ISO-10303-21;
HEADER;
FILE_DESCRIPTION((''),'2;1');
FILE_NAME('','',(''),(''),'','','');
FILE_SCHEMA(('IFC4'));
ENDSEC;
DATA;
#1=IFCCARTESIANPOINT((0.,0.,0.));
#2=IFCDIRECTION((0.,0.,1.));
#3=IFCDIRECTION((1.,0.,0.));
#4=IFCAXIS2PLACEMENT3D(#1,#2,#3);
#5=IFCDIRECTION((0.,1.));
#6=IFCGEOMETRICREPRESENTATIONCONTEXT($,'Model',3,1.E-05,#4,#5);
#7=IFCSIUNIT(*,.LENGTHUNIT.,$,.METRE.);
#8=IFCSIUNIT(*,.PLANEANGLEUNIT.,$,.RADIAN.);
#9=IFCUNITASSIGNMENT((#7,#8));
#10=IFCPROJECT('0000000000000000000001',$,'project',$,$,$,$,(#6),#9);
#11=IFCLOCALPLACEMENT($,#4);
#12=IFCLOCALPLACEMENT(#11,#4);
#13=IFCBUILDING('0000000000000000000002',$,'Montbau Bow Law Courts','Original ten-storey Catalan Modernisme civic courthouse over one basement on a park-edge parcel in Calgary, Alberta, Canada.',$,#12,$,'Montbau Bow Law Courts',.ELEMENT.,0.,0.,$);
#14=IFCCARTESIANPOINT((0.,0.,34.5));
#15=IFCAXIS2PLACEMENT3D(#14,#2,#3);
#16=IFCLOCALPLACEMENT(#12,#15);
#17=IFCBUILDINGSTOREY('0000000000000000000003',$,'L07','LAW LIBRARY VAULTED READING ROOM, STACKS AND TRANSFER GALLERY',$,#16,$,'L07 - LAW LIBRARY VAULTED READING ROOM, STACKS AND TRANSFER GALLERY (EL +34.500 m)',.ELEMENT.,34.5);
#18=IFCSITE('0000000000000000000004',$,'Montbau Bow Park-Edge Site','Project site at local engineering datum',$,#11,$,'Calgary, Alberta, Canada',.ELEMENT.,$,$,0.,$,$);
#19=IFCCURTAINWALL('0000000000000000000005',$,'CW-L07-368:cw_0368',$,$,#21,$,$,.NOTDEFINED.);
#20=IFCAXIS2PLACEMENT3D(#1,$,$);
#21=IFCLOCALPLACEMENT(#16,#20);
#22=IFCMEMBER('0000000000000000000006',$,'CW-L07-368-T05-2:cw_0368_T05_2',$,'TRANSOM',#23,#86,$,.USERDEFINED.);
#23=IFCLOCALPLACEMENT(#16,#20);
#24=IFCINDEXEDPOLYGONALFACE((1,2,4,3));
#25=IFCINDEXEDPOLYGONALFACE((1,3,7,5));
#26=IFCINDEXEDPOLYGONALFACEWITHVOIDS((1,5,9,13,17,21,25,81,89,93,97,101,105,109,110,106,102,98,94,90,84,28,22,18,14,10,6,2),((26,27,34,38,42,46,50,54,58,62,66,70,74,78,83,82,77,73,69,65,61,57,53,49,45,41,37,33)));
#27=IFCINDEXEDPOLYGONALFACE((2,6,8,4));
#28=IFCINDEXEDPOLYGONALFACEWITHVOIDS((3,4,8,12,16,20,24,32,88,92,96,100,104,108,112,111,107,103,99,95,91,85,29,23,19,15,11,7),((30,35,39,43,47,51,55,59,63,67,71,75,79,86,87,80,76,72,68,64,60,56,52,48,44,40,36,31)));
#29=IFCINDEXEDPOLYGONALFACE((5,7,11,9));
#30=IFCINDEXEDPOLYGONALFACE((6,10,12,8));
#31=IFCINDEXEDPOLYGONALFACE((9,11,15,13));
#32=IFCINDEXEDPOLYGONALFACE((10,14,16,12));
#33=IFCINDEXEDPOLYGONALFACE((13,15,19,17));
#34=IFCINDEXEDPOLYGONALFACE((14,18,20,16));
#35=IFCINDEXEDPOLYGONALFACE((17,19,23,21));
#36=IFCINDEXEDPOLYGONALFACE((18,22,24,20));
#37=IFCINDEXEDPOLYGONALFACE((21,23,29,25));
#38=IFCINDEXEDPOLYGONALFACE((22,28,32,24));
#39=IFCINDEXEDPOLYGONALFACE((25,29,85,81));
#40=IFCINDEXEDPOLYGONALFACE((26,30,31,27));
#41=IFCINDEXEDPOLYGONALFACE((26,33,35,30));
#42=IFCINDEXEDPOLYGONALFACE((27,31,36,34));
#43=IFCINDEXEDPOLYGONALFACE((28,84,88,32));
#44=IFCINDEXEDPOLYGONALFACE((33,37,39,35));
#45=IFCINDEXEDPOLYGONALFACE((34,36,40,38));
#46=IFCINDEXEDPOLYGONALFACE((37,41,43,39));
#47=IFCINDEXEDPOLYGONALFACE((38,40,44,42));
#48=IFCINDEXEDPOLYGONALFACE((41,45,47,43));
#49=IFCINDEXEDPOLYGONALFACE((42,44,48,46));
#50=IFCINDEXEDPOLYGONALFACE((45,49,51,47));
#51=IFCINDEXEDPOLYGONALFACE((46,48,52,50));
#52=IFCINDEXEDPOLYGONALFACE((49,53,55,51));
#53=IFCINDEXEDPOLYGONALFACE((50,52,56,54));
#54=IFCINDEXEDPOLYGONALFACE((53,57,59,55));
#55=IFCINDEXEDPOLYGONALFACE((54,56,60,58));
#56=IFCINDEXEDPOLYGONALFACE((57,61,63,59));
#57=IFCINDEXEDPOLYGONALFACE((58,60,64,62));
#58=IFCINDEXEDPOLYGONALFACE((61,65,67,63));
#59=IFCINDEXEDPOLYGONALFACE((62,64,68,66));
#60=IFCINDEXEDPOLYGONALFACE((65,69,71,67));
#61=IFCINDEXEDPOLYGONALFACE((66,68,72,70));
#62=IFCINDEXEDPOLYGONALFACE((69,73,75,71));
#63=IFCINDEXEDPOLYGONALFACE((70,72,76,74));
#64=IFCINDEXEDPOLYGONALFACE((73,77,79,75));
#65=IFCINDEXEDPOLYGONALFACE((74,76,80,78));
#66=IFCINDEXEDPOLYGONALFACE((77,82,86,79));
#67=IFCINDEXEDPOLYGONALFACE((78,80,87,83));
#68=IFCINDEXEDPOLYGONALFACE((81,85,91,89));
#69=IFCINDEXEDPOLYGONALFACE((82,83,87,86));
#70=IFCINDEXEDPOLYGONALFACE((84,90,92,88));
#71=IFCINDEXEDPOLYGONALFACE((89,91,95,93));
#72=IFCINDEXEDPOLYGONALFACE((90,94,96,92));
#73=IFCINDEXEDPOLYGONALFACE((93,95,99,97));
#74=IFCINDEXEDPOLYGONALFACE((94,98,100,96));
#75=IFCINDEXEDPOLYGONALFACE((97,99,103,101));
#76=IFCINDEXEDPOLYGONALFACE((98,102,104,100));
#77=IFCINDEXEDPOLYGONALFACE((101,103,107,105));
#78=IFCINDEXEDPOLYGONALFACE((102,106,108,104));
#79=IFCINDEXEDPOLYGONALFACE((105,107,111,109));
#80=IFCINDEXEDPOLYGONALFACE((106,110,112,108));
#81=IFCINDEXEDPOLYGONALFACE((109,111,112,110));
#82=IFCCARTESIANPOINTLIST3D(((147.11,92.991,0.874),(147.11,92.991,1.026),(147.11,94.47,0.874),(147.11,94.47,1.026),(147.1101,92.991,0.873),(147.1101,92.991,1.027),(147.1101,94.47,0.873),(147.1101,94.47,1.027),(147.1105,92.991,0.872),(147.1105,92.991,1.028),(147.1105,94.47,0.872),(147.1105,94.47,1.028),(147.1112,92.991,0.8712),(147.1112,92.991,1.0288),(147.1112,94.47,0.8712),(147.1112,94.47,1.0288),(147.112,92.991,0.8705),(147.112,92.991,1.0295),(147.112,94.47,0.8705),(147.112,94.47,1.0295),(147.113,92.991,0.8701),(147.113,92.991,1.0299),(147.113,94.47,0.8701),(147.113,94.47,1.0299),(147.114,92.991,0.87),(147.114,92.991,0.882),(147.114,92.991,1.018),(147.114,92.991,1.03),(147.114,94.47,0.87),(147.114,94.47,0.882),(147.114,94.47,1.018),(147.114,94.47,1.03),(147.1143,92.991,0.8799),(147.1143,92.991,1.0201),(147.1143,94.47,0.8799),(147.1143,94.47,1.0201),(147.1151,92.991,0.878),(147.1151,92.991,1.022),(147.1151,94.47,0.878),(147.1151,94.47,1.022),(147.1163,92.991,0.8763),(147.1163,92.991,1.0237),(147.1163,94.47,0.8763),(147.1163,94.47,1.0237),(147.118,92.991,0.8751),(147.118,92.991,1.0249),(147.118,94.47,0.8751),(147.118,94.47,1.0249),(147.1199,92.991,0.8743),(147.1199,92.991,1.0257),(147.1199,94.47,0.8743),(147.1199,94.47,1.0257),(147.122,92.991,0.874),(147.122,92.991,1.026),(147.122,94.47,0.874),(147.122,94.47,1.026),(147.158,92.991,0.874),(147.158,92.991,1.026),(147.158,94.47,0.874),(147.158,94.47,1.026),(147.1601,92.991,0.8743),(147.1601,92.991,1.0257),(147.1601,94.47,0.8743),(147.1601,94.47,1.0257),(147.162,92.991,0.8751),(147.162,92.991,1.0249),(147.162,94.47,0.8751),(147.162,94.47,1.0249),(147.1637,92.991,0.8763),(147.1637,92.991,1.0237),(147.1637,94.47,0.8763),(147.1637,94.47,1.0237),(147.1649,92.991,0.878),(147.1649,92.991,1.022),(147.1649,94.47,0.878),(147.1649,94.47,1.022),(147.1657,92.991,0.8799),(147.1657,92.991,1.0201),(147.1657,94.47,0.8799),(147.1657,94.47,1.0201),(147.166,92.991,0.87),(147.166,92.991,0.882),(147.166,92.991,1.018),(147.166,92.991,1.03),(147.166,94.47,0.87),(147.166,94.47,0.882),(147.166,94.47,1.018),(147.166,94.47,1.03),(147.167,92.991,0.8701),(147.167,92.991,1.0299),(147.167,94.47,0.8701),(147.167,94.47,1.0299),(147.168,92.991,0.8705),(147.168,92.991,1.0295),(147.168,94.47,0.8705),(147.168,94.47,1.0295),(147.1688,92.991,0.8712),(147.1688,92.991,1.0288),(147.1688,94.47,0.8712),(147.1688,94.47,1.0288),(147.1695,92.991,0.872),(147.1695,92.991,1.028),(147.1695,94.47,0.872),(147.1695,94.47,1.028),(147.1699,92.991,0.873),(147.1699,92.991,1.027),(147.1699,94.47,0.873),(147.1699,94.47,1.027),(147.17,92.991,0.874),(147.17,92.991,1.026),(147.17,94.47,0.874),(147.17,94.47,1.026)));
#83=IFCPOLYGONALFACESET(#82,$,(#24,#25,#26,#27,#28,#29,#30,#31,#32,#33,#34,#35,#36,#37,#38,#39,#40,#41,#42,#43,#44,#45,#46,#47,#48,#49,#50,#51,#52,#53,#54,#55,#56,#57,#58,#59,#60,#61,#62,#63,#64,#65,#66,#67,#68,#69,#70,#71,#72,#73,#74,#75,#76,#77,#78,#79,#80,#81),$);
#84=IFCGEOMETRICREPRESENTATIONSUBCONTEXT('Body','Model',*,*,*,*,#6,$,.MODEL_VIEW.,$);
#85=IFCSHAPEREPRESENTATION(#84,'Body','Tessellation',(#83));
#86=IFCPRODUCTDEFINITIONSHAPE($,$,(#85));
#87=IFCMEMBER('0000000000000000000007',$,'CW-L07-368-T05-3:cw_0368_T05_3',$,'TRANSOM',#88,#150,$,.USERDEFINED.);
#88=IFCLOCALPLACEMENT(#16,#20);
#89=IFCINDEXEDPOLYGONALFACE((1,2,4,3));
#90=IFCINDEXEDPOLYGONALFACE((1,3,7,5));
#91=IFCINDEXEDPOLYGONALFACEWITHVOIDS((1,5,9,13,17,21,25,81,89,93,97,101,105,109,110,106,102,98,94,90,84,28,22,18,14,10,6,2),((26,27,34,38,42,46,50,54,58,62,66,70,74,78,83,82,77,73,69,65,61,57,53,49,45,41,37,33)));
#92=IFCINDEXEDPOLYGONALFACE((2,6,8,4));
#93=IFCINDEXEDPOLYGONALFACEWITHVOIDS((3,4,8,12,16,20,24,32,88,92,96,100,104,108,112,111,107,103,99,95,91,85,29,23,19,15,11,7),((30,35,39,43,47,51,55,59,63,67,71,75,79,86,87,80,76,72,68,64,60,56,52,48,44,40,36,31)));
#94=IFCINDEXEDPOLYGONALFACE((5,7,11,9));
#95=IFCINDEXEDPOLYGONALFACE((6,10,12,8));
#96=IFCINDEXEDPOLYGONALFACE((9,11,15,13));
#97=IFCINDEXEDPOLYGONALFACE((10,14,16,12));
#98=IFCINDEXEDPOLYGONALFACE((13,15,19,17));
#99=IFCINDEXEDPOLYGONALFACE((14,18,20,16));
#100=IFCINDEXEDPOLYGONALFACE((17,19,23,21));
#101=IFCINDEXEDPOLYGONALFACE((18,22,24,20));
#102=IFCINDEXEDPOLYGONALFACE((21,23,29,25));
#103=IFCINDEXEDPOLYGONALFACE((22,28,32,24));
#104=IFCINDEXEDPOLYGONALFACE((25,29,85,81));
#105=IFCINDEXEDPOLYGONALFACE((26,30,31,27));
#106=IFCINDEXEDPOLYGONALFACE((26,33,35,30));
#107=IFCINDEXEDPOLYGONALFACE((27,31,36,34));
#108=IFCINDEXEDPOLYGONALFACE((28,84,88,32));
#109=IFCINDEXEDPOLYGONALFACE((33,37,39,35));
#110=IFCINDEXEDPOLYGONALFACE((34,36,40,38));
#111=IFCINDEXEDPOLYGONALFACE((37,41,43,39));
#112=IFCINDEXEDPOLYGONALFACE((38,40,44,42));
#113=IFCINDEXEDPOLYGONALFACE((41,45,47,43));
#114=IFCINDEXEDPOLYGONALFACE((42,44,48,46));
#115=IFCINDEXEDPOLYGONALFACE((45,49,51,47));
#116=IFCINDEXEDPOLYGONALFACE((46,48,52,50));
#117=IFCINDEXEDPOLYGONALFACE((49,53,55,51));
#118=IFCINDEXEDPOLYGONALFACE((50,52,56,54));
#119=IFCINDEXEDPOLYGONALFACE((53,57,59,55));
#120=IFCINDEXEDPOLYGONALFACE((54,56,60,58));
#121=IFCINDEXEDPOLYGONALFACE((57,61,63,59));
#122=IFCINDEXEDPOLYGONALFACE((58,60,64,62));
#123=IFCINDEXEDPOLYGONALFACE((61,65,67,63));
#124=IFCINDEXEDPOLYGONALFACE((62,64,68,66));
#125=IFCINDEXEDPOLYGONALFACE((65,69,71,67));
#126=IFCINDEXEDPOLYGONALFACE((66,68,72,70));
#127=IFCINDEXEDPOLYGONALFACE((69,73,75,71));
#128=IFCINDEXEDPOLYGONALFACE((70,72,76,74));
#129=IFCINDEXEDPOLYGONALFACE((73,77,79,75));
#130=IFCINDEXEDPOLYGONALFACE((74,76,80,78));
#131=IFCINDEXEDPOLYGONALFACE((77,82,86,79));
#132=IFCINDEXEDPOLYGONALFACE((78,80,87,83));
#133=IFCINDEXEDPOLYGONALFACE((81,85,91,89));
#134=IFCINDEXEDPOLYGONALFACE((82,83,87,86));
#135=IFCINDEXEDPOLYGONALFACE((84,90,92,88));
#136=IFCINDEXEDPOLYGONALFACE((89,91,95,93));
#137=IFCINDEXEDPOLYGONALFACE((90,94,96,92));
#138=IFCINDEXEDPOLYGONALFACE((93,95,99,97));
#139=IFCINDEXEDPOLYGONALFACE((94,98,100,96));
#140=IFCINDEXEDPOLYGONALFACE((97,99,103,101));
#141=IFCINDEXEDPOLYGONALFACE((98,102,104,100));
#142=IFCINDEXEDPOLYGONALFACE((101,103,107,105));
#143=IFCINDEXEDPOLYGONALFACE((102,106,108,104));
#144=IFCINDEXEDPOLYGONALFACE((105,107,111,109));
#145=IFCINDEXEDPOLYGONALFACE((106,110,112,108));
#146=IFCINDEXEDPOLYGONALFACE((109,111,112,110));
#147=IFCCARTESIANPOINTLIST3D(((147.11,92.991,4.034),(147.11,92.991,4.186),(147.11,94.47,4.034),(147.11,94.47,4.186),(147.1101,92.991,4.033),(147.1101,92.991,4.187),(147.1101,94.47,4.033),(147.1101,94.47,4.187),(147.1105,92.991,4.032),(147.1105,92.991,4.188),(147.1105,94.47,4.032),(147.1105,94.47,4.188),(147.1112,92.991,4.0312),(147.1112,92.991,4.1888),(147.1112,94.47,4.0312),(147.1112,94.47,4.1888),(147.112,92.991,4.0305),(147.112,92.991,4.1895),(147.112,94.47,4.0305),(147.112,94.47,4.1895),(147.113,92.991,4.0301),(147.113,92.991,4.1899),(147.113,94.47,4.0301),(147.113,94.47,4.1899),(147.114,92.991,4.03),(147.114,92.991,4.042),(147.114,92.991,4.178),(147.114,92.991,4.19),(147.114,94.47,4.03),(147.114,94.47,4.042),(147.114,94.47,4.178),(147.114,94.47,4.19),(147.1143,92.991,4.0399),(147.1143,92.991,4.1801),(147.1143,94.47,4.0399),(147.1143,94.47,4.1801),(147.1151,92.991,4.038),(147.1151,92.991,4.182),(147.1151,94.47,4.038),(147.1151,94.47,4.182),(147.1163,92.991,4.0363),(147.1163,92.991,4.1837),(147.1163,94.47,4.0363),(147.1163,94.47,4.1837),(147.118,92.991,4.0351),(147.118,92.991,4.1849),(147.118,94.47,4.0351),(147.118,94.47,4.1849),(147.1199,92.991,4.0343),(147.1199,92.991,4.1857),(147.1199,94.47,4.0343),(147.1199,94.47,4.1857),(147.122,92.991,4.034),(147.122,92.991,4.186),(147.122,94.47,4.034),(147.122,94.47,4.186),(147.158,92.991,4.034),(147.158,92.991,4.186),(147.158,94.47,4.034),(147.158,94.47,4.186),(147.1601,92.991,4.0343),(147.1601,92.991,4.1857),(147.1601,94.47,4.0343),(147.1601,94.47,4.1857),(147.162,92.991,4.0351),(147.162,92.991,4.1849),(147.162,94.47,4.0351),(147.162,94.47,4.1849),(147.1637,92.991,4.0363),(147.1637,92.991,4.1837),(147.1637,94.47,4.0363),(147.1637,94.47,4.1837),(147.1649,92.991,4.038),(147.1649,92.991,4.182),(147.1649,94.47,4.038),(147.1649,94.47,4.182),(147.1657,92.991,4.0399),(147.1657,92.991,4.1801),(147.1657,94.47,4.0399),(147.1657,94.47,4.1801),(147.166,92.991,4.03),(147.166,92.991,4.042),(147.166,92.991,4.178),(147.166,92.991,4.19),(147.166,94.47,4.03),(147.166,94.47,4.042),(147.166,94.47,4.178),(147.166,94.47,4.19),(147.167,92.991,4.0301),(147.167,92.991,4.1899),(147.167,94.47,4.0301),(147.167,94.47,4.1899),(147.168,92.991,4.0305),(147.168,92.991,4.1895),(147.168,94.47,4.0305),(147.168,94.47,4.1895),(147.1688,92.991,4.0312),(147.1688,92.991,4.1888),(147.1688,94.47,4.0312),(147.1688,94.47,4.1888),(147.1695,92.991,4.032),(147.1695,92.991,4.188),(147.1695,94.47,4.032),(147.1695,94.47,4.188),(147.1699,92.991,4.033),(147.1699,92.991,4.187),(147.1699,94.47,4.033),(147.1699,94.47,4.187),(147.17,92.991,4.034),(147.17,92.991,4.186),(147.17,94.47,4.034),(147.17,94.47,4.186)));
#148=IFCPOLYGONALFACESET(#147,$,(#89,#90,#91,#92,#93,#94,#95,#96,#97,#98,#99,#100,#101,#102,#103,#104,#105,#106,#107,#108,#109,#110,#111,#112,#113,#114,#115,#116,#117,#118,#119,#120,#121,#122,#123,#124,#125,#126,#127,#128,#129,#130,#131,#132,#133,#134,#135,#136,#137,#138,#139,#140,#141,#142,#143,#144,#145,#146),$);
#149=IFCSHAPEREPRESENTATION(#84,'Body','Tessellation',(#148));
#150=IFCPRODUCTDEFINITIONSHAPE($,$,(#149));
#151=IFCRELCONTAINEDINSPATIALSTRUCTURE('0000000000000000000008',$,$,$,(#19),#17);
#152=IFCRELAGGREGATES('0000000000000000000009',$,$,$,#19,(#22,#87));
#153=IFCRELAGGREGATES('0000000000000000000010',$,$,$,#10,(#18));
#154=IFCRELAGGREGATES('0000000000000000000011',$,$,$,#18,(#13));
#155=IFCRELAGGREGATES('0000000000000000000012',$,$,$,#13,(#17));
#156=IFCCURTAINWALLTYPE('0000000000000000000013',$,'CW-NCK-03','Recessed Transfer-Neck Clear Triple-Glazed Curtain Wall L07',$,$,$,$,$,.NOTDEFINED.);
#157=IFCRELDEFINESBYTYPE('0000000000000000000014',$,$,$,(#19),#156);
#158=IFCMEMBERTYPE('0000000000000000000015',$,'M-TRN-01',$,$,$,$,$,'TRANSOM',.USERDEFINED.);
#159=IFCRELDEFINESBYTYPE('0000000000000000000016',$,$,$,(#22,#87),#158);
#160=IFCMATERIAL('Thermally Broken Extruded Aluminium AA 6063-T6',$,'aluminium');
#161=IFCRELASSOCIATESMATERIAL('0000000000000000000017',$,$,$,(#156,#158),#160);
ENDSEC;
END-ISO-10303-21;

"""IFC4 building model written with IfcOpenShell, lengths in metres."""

from ifc_helpers import new_model, si_unit, direction, frame, origin_with_axes, origin_2d_with_axis, place, context, subcontext, project, spatial, hollow_rectangle, extrude, material, material_profile, profile_set, type_object, element, aggregate, save


model = new_model("IFC4")

# Units and contexts
model_context = context("Model", 3, precision=1e-05, world=origin_with_axes(), true_north=direction((0.0, 1.0)))
body_context = subcontext(model_context, "Body", "Model", "MODEL_VIEW")
ifc_project = project(units=[si_unit("LENGTHUNIT", "METRE"), si_unit("PLANEANGLEUNIT", "RADIAN")], contexts=[model_context])

# Site, building, storey
site_placement = place(None, origin_with_axes())
site = spatial("IfcSite", under=ifc_project, at=site_placement, Name="Montbau Bow Park-Edge Site", Description="Project site at local engineering datum", LongName="Calgary, Alberta, Canada", CompositionType="ELEMENT", RefElevation=0.0)
building_placement = place(site_placement, origin_with_axes())
building = spatial("IfcBuilding", under=site, at=building_placement, Name="Montbau Bow Law Courts", Description="Original ten-storey Catalan Modernisme civic courthouse over one basement on a park-edge parcel in Calgary, Alberta, Canada.", LongName="Montbau Bow Law Courts", CompositionType="ELEMENT", ElevationOfRefHeight=0.0, ElevationOfTerrain=0.0)
storey_placement = place(building_placement, frame((0.0, 0.0, 34.5), z_axis=(0.0, 0.0, 1.0), x_axis=(1.0, 0.0, 0.0)))
storey = spatial("IfcBuildingStorey", under=building, at=storey_placement, Name="L07", Description="LAW LIBRARY VAULTED READING ROOM, STACKS AND TRANSFER GALLERY", LongName="L07 - LAW LIBRARY VAULTED READING ROOM, STACKS AND TRANSFER GALLERY (EL +34.500 m)", CompositionType="ELEMENT", Elevation=34.5)

# Shared definitions
ifc_material_1 = material(Name="Thermally Broken Extruded Aluminium AA 6063-T6", Category="aluminium")
curtain_wall_type = type_object("IfcCurtainWallType", Name="CW-NCK-03", Description="Recessed Transfer-Neck Clear Triple-Glazed Curtain Wall L07", PredefinedType="NOTDEFINED", material=ifc_material_1)

# Curtain wall
curtain_wall_1_placement = place(None, frame((147.14, 86.668, 34.5), z_axis=(0.0, 0.0, 1.0), x_axis=(1.0, 0.0, 0.0)))
curtain_wall_1 = element("IfcCurtainWall", 1, at=curtain_wall_1_placement, inside=storey, type_object=curtain_wall_type, Name="CW-L07-368:cw_0368", PredefinedType="NOTDEFINED")

# Members
ifc_material_profile_1 = material_profile(ifc_material_1, hollow_rectangle(XDim=0.06, YDim=0.16, WallThickness=0.004, InnerFilletRadius=0.008, OuterFilletRadius=0.004, at=origin_2d_with_axis()), Name="CWT-160X60", Category="Main", Priority=0)
ifc_profile_set_1 = profile_set([ifc_material_profile_1], Name="Thermally Broken Extruded Aluminium AA 6063-T6")
member_type_1 = type_object("IfcMemberType", Name="M-TRN-01", ElementType="TRANSOM", PredefinedType="USERDEFINED", material=ifc_profile_set_1)
member_1_placement = place(None, frame((147.14, 92.991, 35.45), z_axis=(0.0, 1.0, 0.0), x_axis=(-1.0, 0.0, 0.0)))
member_1 = element("IfcMember", 2, at=member_1_placement, type_object=member_type_1, Name="CW-L07-368-T05-2:cw_0368_T05_2", ObjectType="TRANSOM", PredefinedType="USERDEFINED", context=body_context, shape_type="SweptSolid", body=[
    extrude(hollow_rectangle(XDim=0.06, YDim=0.16, WallThickness=0.004, InnerFilletRadius=0.008, OuterFilletRadius=0.004, at=origin_2d_with_axis()), origin_with_axes(), (0.0, 0.0, 1.0), 1.479),
])
member_2_placement = place(None, frame((147.14, 92.991, 38.61), z_axis=(0.0, 1.0, 0.0), x_axis=(-1.0, 0.0, 0.0)))
member_2 = element("IfcMember", 3, at=member_2_placement, type_object=member_type_1, Name="CW-L07-368-T05-3:cw_0368_T05_3", ObjectType="TRANSOM", PredefinedType="USERDEFINED", context=body_context, shape_type="SweptSolid", body=[
    extrude(hollow_rectangle(XDim=0.06, YDim=0.16, WallThickness=0.004, InnerFilletRadius=0.008, OuterFilletRadius=0.004, at=origin_2d_with_axis()), origin_with_axes(), (0.0, 0.0, 1.0), 1.479),
])

aggregate(curtain_wall_1, [member_1, member_2])

save(model, "model.ifc")
